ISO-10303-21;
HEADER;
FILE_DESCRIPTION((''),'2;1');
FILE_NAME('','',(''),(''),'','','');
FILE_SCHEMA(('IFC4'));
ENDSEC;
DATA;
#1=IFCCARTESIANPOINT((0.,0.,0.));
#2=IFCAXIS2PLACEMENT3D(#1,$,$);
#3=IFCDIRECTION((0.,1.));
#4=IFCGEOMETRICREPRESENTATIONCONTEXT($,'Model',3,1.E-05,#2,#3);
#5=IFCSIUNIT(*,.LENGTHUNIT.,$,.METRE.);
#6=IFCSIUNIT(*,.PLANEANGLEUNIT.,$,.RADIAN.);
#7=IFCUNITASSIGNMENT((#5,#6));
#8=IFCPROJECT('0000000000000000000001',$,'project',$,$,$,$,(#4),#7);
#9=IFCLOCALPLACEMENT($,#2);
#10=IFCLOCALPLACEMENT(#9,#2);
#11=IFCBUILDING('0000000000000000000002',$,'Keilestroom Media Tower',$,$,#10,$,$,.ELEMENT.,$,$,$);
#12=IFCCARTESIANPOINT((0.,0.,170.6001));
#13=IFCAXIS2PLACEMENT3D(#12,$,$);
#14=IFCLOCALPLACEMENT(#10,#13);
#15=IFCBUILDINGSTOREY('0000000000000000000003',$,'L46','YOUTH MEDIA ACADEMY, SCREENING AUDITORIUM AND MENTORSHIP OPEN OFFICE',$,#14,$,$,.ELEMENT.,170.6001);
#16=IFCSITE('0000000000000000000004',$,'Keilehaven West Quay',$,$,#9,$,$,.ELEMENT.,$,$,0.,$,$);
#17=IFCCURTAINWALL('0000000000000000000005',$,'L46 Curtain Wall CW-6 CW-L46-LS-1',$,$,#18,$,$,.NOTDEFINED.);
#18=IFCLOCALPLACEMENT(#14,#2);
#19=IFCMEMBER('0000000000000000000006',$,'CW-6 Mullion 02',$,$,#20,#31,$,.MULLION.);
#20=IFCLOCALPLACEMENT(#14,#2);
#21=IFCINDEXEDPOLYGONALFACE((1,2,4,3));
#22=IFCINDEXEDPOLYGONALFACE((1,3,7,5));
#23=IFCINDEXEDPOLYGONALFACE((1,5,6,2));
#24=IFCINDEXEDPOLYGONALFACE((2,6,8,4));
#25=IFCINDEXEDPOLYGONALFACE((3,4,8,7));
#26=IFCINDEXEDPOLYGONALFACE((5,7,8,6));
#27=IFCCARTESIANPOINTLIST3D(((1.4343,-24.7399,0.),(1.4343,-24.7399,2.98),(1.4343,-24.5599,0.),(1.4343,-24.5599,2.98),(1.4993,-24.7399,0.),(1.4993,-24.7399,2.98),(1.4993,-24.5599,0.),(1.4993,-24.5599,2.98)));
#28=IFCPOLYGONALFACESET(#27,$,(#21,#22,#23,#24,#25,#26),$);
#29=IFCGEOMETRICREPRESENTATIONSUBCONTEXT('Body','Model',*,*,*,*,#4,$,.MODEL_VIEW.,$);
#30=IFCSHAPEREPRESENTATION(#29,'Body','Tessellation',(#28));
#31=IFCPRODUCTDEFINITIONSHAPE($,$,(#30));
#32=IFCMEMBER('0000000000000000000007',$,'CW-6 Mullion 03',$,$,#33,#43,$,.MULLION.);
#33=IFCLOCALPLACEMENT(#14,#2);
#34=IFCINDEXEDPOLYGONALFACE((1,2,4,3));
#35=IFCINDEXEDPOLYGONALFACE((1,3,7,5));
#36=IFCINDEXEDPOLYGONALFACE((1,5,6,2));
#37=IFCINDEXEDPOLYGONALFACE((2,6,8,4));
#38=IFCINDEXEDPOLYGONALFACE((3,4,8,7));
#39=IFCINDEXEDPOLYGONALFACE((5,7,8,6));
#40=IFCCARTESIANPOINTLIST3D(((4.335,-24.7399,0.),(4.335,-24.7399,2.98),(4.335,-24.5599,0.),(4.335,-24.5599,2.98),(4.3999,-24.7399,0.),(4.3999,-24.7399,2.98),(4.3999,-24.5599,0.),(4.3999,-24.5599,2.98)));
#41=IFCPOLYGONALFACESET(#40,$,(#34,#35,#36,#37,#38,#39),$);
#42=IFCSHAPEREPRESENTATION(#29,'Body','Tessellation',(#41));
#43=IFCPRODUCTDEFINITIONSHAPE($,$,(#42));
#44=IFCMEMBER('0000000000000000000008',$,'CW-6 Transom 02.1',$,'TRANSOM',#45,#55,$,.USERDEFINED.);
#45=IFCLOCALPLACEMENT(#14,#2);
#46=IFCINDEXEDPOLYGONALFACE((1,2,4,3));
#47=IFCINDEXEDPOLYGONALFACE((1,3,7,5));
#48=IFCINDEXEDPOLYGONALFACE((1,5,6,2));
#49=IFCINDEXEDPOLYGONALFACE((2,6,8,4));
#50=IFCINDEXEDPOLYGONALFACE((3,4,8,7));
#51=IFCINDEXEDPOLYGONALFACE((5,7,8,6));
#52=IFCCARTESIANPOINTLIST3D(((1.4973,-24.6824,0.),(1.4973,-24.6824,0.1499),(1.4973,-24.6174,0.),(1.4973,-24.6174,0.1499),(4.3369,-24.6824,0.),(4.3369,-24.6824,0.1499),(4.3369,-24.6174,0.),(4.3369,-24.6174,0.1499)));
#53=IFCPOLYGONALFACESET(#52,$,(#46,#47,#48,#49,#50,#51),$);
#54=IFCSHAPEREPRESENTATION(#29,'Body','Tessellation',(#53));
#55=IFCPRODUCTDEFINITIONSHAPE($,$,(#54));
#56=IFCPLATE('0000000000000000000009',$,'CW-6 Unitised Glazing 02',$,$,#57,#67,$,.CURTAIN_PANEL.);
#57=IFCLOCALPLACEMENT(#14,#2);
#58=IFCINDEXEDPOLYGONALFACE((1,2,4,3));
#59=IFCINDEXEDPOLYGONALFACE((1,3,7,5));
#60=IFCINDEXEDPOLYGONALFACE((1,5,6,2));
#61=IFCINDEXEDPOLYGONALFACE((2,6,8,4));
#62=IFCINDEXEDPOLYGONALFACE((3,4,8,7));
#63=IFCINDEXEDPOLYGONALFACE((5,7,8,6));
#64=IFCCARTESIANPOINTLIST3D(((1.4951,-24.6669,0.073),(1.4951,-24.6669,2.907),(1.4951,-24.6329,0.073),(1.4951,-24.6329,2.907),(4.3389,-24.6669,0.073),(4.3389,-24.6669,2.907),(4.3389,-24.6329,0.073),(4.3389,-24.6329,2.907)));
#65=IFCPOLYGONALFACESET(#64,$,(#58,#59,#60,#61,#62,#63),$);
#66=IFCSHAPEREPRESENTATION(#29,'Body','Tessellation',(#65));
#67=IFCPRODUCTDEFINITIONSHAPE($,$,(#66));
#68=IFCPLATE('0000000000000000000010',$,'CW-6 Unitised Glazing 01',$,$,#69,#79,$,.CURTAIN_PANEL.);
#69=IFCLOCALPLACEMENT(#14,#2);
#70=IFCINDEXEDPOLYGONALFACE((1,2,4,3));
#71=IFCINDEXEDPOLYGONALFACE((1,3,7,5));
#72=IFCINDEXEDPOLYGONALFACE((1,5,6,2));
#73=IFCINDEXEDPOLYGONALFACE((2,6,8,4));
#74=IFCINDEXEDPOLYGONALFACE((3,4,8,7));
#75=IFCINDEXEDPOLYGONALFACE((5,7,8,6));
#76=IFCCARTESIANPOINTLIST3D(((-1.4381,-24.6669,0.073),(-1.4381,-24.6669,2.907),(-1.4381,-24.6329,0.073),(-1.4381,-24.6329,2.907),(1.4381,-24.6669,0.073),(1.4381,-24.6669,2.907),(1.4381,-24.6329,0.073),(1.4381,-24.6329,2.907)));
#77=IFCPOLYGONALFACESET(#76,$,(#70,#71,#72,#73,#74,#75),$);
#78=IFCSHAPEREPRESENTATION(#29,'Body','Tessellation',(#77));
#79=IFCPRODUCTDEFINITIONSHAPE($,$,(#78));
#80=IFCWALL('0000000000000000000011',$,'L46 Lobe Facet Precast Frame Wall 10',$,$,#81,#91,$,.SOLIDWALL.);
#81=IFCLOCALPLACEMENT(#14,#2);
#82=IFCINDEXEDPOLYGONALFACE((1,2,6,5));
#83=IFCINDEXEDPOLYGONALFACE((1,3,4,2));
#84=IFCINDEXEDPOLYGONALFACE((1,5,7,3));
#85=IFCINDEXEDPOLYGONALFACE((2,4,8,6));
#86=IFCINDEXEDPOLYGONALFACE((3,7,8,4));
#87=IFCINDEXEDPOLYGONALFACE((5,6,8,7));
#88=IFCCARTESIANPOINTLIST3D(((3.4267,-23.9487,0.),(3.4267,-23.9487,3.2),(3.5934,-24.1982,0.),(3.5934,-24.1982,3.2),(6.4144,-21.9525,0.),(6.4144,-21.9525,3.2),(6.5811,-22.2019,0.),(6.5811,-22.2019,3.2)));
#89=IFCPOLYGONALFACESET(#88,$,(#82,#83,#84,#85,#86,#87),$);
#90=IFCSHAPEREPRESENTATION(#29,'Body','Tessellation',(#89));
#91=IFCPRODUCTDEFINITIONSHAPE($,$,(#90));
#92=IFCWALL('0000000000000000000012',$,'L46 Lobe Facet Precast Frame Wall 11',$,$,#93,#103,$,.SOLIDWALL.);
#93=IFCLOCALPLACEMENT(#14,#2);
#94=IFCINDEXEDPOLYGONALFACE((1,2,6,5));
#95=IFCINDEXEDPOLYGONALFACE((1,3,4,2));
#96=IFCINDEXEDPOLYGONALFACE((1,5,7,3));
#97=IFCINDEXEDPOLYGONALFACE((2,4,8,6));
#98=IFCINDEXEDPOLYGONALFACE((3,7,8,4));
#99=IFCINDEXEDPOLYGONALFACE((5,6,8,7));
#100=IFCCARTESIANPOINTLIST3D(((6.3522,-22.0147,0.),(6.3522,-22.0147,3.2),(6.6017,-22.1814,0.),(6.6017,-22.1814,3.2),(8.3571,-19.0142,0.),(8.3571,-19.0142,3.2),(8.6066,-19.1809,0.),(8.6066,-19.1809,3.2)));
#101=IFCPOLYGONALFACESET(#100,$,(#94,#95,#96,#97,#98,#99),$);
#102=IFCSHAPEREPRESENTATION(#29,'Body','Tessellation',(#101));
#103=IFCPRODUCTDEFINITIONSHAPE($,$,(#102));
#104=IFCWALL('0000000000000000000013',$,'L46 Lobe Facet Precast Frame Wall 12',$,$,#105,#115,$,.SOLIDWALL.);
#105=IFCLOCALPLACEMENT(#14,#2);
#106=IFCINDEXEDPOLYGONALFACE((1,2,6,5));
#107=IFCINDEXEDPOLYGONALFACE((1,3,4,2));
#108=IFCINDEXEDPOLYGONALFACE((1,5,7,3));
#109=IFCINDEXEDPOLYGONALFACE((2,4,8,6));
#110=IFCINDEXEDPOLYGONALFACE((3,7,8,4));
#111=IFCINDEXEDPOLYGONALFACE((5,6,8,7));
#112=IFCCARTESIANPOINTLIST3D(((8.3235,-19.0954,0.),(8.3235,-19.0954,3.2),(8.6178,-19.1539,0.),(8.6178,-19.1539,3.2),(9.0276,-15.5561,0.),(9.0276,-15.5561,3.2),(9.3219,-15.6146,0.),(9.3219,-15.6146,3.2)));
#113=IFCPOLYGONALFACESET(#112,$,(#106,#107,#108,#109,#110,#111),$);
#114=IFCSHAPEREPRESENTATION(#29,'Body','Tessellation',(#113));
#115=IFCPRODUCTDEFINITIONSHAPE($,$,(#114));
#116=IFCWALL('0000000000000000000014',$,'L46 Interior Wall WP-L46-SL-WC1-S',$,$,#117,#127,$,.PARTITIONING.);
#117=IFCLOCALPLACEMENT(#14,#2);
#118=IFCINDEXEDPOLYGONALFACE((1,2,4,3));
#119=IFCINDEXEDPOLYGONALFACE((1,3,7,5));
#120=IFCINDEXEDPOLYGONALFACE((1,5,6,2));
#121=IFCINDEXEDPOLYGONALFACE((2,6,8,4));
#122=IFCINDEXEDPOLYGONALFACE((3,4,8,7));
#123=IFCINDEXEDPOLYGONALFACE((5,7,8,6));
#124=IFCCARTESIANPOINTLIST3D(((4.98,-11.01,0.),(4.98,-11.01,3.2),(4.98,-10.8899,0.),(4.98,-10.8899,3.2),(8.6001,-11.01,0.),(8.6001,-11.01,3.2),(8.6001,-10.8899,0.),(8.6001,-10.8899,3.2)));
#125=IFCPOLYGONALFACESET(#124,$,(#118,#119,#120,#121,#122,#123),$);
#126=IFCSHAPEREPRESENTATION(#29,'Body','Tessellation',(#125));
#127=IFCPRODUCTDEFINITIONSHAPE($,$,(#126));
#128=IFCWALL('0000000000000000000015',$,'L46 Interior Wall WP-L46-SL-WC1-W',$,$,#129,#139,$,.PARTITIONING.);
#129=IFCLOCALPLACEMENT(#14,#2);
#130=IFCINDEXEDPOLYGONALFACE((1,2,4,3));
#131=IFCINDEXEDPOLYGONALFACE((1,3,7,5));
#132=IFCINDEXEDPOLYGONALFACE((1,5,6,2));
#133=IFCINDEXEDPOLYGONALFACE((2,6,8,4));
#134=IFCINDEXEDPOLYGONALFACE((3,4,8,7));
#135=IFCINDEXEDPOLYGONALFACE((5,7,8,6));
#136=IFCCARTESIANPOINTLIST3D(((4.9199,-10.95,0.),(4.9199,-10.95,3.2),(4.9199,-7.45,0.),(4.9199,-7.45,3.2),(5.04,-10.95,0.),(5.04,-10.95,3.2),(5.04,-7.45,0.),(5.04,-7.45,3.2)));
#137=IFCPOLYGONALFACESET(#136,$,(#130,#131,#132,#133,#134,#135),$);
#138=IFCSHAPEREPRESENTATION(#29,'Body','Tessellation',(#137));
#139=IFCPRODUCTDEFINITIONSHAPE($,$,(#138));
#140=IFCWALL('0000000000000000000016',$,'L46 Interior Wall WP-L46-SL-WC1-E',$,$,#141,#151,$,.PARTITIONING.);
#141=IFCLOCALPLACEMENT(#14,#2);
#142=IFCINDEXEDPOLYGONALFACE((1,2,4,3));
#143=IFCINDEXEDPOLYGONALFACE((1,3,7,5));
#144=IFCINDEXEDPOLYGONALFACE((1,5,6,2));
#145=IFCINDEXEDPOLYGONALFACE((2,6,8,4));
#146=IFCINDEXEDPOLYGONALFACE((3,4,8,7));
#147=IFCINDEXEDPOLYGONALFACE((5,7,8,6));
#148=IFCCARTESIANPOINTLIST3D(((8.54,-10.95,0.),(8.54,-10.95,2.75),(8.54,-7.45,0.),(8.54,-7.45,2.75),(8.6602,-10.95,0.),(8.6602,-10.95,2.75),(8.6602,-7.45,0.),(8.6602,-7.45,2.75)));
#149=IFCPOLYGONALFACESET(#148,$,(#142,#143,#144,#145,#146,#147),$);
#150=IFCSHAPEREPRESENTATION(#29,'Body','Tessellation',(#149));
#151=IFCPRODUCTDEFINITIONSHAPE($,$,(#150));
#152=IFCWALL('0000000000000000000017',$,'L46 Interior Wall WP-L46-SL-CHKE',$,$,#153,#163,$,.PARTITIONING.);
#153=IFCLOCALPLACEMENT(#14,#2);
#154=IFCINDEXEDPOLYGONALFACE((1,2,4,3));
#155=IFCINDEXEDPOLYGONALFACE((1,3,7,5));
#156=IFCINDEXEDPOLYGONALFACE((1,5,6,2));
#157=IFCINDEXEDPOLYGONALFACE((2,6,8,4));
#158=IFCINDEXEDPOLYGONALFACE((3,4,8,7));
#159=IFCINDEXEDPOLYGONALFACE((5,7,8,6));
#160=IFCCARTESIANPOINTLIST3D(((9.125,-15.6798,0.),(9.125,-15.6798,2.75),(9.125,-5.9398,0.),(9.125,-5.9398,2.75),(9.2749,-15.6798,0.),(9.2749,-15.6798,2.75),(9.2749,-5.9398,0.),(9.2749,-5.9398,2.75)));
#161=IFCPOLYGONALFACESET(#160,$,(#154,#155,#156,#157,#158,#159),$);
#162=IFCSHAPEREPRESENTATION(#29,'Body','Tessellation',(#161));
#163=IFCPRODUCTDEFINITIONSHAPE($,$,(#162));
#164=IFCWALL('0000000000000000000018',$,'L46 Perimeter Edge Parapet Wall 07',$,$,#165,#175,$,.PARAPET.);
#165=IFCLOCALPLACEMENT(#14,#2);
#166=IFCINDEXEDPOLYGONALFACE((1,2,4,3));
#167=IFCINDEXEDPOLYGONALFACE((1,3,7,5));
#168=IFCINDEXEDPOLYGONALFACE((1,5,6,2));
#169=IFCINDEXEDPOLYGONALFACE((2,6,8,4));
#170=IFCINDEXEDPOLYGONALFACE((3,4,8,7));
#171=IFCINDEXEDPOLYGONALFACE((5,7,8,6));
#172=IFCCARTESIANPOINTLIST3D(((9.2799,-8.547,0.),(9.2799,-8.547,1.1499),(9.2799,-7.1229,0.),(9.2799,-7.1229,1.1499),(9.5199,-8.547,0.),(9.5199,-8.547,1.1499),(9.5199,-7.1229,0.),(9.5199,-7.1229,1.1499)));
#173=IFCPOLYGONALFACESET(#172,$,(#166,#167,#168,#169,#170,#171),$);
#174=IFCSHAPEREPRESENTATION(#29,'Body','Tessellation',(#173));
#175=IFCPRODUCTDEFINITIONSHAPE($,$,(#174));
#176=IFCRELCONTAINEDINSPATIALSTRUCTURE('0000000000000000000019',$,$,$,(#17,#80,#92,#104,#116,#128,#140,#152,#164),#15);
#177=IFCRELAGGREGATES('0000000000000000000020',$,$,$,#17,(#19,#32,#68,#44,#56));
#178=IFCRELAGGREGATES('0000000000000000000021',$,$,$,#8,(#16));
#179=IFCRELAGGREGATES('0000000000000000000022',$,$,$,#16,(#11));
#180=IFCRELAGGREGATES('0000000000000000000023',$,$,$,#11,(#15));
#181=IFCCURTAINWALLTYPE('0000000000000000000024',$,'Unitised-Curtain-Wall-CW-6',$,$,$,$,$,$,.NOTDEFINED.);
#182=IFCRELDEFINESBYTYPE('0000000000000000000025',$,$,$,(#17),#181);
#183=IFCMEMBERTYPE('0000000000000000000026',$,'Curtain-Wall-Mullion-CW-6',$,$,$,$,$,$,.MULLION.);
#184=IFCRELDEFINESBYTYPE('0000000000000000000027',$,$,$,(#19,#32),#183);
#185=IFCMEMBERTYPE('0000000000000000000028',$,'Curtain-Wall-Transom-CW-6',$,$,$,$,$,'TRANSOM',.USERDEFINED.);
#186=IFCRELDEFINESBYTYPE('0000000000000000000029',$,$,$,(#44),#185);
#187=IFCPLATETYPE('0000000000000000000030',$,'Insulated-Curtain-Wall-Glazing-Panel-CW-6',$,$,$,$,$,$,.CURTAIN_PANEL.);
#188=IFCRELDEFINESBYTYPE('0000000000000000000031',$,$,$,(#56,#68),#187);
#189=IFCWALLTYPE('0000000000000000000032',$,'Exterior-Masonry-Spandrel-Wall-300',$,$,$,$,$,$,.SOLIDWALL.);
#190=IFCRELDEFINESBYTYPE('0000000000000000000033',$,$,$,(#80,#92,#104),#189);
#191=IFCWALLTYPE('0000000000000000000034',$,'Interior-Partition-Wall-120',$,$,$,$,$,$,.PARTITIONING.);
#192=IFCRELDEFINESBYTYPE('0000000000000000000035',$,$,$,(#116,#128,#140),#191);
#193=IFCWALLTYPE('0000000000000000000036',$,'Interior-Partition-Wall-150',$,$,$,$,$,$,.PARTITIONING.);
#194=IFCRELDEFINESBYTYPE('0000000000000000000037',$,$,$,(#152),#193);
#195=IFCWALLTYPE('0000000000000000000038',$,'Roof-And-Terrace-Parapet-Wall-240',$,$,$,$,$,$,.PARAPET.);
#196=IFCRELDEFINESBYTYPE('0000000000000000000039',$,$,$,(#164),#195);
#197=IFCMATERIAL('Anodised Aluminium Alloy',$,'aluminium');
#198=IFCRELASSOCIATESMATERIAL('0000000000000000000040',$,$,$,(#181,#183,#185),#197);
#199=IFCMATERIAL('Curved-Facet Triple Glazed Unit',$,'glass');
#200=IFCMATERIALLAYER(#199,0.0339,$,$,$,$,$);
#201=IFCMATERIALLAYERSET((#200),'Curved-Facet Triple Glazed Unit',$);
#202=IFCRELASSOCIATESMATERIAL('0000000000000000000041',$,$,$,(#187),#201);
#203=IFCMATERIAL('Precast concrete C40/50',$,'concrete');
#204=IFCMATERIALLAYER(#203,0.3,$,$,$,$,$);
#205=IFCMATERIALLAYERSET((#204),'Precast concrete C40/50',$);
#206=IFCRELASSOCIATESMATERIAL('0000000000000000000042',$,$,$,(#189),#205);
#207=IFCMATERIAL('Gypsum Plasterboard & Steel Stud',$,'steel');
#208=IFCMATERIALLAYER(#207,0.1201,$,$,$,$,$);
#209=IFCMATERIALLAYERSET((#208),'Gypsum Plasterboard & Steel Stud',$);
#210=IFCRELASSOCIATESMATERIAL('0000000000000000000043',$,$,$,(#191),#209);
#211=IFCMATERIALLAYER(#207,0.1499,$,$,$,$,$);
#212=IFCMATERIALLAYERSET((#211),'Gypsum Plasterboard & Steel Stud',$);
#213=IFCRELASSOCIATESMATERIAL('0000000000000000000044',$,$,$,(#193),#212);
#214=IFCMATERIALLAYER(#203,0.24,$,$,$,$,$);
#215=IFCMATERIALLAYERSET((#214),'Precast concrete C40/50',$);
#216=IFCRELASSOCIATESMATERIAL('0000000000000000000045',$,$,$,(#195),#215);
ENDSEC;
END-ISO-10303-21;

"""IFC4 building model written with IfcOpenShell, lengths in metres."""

from ifc_helpers import new_model, si_unit, direction, frame, frame_2d, origin, origin_2d, place, context, subcontext, project, spatial, rectangle, extrude, source, transform, mapped, material, layer, layer_set, material_profile, profile_set, type_object, element, aggregate, save


model = new_model("IFC4")

# Units and contexts
model_context = context("Model", 3, precision=1e-05, world=origin(), true_north=direction((0.0, 1.0)))
body_context = subcontext(model_context, "Body", "Model", "MODEL_VIEW")
ifc_project = project(units=[si_unit("LENGTHUNIT", "METRE"), si_unit("PLANEANGLEUNIT", "RADIAN")], contexts=[model_context])

# Site, building, storey
site_placement = place(None, origin())
site = spatial("IfcSite", under=ifc_project, at=site_placement, Name="Keilehaven West Quay", CompositionType="ELEMENT", RefElevation=0.0)
building_placement = place(site_placement, origin())
building = spatial("IfcBuilding", under=site, at=building_placement, Name="Keilestroom Media Tower", CompositionType="ELEMENT")
storey_placement = place(building_placement, frame((0.0, 0.0, 170.6001)))
storey = spatial("IfcBuildingStorey", under=building, at=storey_placement, Name="L46", Description="YOUTH MEDIA ACADEMY, SCREENING AUDITORIUM AND MENTORSHIP OPEN OFFICE", CompositionType="ELEMENT", Elevation=170.6001)

# Shared definitions
ifc_material_1 = material(Name="Precast concrete C40/50", Category="concrete")

# Curtain wall, members, plates
ifc_material_2 = material(Name="Anodised Aluminium Alloy", Category="aluminium")
curtain_wall_type = type_object("IfcCurtainWallType", Name="Unitised-Curtain-Wall-CW-6", PredefinedType="NOTDEFINED", material=ifc_material_2)
curtain_wall_placement = place(storey_placement, origin())
curtain_wall = element("IfcCurtainWall", 1, at=curtain_wall_placement, inside=storey, type_object=curtain_wall_type, Name="L46 Curtain Wall CW-6 CW-L46-LS-1", PredefinedType="NOTDEFINED")
ifc_material_profile_1 = material_profile(ifc_material_2, rectangle(XDim=0.0649, YDim=0.1799, at=origin_2d()), Name="ALU MULLION 65x180")
ifc_profile_set_1 = profile_set([ifc_material_profile_1], Name="Anodised Aluminium Alloy")
member_type_1 = type_object("IfcMemberType", Name="Curtain-Wall-Mullion-CW-6", PredefinedType="MULLION", material=ifc_profile_set_1)
shared_shape_1 = source(origin(), body_context, "Body", "SweptSolid", [
    extrude(rectangle(XDim=0.0649, YDim=0.1799, at=origin_2d()), origin(), (0.0, 0.0, 1.0), 2.98),
])
member_1_placement = place(storey_placement, frame((1.4668, -24.6499, 0.0), z_axis=(0.0, 0.0, 1.0), x_axis=(1.0, 0.0, 0.0)))
member_1 = element("IfcMember", 2, at=member_1_placement, type_object=member_type_1, Name="CW-6 Mullion 02", PredefinedType="MULLION", context=body_context, shape_type="MappedRepresentation", body=[
    mapped(shared_shape_1, transform((0.0, 0.0, 0.0), x_axis=(1.0, 0.0, 0.0), y_axis=(0.0, 1.0, 0.0), z_axis=(0.0, 0.0, 1.0), scale=1.0)),
])
member_2_placement = place(storey_placement, frame((4.3674, -24.6499, 0.0), z_axis=(0.0, 0.0, 1.0), x_axis=(1.0, 0.0, 0.0)))
member_2 = element("IfcMember", 3, at=member_2_placement, type_object=member_type_1, Name="CW-6 Mullion 03", PredefinedType="MULLION", context=body_context, shape_type="MappedRepresentation", body=[
    mapped(shared_shape_1, transform((0.0, 0.0, 0.0), x_axis=(1.0, 0.0, 0.0), y_axis=(0.0, 1.0, 0.0), z_axis=(0.0, 0.0, 1.0), scale=1.0)),
])
ifc_material_profile_2 = material_profile(ifc_material_2, rectangle(XDim=0.0649, YDim=0.1499, at=origin_2d()), Name="ALU TRANSOM 65x150")
ifc_profile_set_2 = profile_set([ifc_material_profile_2], Name="Anodised Aluminium Alloy")
member_type_2 = type_object("IfcMemberType", Name="Curtain-Wall-Transom-CW-6", ElementType="TRANSOM", PredefinedType="USERDEFINED", material=ifc_profile_set_2)
shared_shape_2 = source(origin(), body_context, "Body", "SweptSolid", [
    extrude(rectangle(XDim=0.0649, YDim=0.1499, at=origin_2d()), origin(), (0.0, 0.0, 1.0), 2.8396),
])
member_3_placement = place(storey_placement, frame((1.4973, -24.6499, 0.075), z_axis=(1.0, 0.0, 0.0), x_axis=(0.0, 1.0, 0.0)))
member_3 = element("IfcMember", 4, at=member_3_placement, type_object=member_type_2, Name="CW-6 Transom 02.1", ObjectType="TRANSOM", PredefinedType="USERDEFINED", context=body_context, shape_type="MappedRepresentation", body=[
    mapped(shared_shape_2, transform((0.0, 0.0, 0.0), x_axis=(1.0, 0.0, 0.0), y_axis=(0.0, 1.0, 0.0), z_axis=(0.0, 0.0, 1.0), scale=1.0)),
])
ifc_material_3 = material(Name="Curved-Facet Triple Glazed Unit", Category="glass")
ifc_layer_1 = layer(ifc_material_3, 0.0339)
ifc_layer_set_1 = layer_set([ifc_layer_1], Name="Curved-Facet Triple Glazed Unit")
plate_type = type_object("IfcPlateType", Name="Insulated-Curtain-Wall-Glazing-Panel-CW-6", PredefinedType="CURTAIN_PANEL", material=ifc_layer_set_1)
shared_shape_3 = source(origin(), body_context, "Body", "SweptSolid", [
    extrude(rectangle(XDim=2.8438, YDim=0.0339, at=origin_2d()), origin(), (0.0, 0.0, 1.0), 2.834),
])
plate_1_placement = place(storey_placement, frame((2.917, -24.6499, 0.073), z_axis=(0.0, 0.0, 1.0), x_axis=(1.0, 0.0, 0.0)))
plate_1 = element("IfcPlate", 5, at=plate_1_placement, type_object=plate_type, Name="CW-6 Unitised Glazing 02", PredefinedType="CURTAIN_PANEL", context=body_context, shape_type="MappedRepresentation", body=[
    mapped(shared_shape_3, transform((0.0, 0.0, 0.0), x_axis=(1.0, 0.0, 0.0), y_axis=(0.0, 1.0, 0.0), z_axis=(0.0, 0.0, 1.0), scale=1.0)),
])
shared_shape_4 = source(origin(), body_context, "Body", "SweptSolid", [
    extrude(rectangle(XDim=2.8762, YDim=0.0339, at=origin_2d()), origin(), (0.0, 0.0, 1.0), 2.834),
])
plate_2_placement = place(storey_placement, frame((0.0, -24.6499, 0.073), z_axis=(0.0, 0.0, 1.0), x_axis=(1.0, 0.0, 0.0)))
plate_2 = element("IfcPlate", 6, at=plate_2_placement, type_object=plate_type, Name="CW-6 Unitised Glazing 01", PredefinedType="CURTAIN_PANEL", context=body_context, shape_type="MappedRepresentation", body=[
    mapped(shared_shape_4, transform((0.0, 0.0, 0.0), x_axis=(1.0, 0.0, 0.0), y_axis=(0.0, 1.0, 0.0), z_axis=(0.0, 0.0, 1.0), scale=1.0)),
])
aggregate(curtain_wall, [member_1, member_2, plate_2, member_3, plate_1])

# Walls
ifc_layer_2 = layer(ifc_material_1, 0.3)
ifc_layer_set_2 = layer_set([ifc_layer_2], Name="Precast concrete C40/50")
wall_type_1 = type_object("IfcWallType", Name="Exterior-Masonry-Spandrel-Wall-300", PredefinedType="SOLIDWALL", material=ifc_layer_set_2)
wall_1_placement = place(storey_placement, frame((3.51, -24.0735, 0.0), z_axis=(0.0, 0.0, 1.0), x_axis=(0.831475, 0.555562, 0.0)))
element("IfcWall", 7, at=wall_1_placement, inside=storey, type_object=wall_type_1, Name="L46 Lobe Facet Precast Frame Wall 10", PredefinedType="SOLIDWALL", context=body_context, shape_type="SweptSolid", body=[
    extrude(rectangle(XDim=3.5933, YDim=0.3, at=frame_2d((1.7966, 0.0))), origin(), (0.0, 0.0, 1.0), 3.2),
])
for number, where, z_axis, x_axis, name in (
    (8, (6.4771, -22.0979, 0.0), (0.0, 0.0, 1.0), (0.555574, 0.831467, 0.0), "L46 Lobe Facet Precast Frame Wall 11"),
    (9, (8.4707, -19.1245, 0.0), (0.0, 0.0, 1.0), (0.195114, 0.980781, 0.0), "L46 Lobe Facet Precast Frame Wall 12"),
):
    element("IfcWall", number, at=place(storey_placement, frame(where, z_axis=z_axis, x_axis=x_axis)), inside=storey, type_object=wall_type_1, Name=name, PredefinedType="SOLIDWALL", context=body_context, shape_type="SweptSolid", body=[
        extrude(rectangle(XDim=3.6086, YDim=0.3, at=frame_2d((1.8042, 0.0))), origin(), (0.0, 0.0, 1.0), 3.2),
    ])
ifc_material_4 = material(Name="Gypsum Plasterboard & Steel Stud", Category="steel")
ifc_layer_3 = layer(ifc_material_4, 0.1201)
ifc_layer_set_3 = layer_set([ifc_layer_3], Name="Gypsum Plasterboard & Steel Stud")
wall_type_2 = type_object("IfcWallType", Name="Interior-Partition-Wall-120", PredefinedType="PARTITIONING", material=ifc_layer_set_3)
wall_2_placement = place(storey_placement, frame((4.98, -10.95, 0.0), z_axis=(0.0, 0.0, 1.0), x_axis=(1.0, 0.0, 0.0)))
element("IfcWall", 10, at=wall_2_placement, inside=storey, type_object=wall_type_2, Name="L46 Interior Wall WP-L46-SL-WC1-S", PredefinedType="PARTITIONING", context=body_context, shape_type="SweptSolid", body=[
    extrude(rectangle(XDim=3.6201, YDim=0.1201, at=frame_2d((1.8101, 0.0))), origin(), (0.0, 0.0, 1.0), 3.2),
])
wall_3_placement = place(storey_placement, frame((4.98, -10.95, 0.0), z_axis=(0.0, 0.0, 1.0), x_axis=(0.0, 1.0, 0.0)))
element("IfcWall", 11, at=wall_3_placement, inside=storey, type_object=wall_type_2, Name="L46 Interior Wall WP-L46-SL-WC1-W", PredefinedType="PARTITIONING", context=body_context, shape_type="SweptSolid", body=[
    extrude(rectangle(XDim=3.5, YDim=0.1201, at=frame_2d((1.75, 0.0))), origin(), (0.0, 0.0, 1.0), 3.2),
])
wall_4_placement = place(storey_placement, frame((8.6001, -10.95, 0.0), z_axis=(0.0, 0.0, 1.0), x_axis=(0.0, 1.0, 0.0)))
element("IfcWall", 12, at=wall_4_placement, inside=storey, type_object=wall_type_2, Name="L46 Interior Wall WP-L46-SL-WC1-E", PredefinedType="PARTITIONING", context=body_context, shape_type="SweptSolid", body=[
    extrude(rectangle(XDim=3.5, YDim=0.1201, at=frame_2d((1.75, 0.0))), origin(), (0.0, 0.0, 1.0), 2.75),
])
ifc_layer_4 = layer(ifc_material_4, 0.1499)
ifc_layer_set_4 = layer_set([ifc_layer_4], Name="Gypsum Plasterboard & Steel Stud")
wall_type_3 = type_object("IfcWallType", Name="Interior-Partition-Wall-150", PredefinedType="PARTITIONING", material=ifc_layer_set_4)
wall_5_placement = place(storey_placement, frame((9.2, -15.6799, 0.0), z_axis=(0.0, 0.0, 1.0), x_axis=(0.0, 1.0, 0.0)))
element("IfcWall", 13, at=wall_5_placement, inside=storey, type_object=wall_type_3, Name="L46 Interior Wall WP-L46-SL-CHKE", PredefinedType="PARTITIONING", context=body_context, shape_type="SweptSolid", body=[
    extrude(rectangle(XDim=9.74, YDim=0.1499, at=frame_2d((4.8701, 0.0))), origin(), (0.0, 0.0, 1.0), 2.75),
])
ifc_layer_5 = layer(ifc_material_1, 0.24)
ifc_layer_set_5 = layer_set([ifc_layer_5], Name="Precast concrete C40/50")
wall_type_4 = type_object("IfcWallType", Name="Roof-And-Terrace-Parapet-Wall-240", PredefinedType="PARAPET", material=ifc_layer_set_5)
wall_6_placement = place(storey_placement, frame((9.3999, -7.123, 0.0), z_axis=(0.0, 0.0, 1.0), x_axis=(0.0, -1.0, 0.0)))
element("IfcWall", 14, at=wall_6_placement, inside=storey, type_object=wall_type_4, Name="L46 Perimeter Edge Parapet Wall 07", PredefinedType="PARAPET", context=body_context, shape_type="SweptSolid", body=[
    extrude(rectangle(XDim=1.4241, YDim=0.24, at=frame_2d((0.7119, 0.0))), origin(), (0.0, 0.0, 1.0), 1.1499),
])

save(model, "model.ifc")
